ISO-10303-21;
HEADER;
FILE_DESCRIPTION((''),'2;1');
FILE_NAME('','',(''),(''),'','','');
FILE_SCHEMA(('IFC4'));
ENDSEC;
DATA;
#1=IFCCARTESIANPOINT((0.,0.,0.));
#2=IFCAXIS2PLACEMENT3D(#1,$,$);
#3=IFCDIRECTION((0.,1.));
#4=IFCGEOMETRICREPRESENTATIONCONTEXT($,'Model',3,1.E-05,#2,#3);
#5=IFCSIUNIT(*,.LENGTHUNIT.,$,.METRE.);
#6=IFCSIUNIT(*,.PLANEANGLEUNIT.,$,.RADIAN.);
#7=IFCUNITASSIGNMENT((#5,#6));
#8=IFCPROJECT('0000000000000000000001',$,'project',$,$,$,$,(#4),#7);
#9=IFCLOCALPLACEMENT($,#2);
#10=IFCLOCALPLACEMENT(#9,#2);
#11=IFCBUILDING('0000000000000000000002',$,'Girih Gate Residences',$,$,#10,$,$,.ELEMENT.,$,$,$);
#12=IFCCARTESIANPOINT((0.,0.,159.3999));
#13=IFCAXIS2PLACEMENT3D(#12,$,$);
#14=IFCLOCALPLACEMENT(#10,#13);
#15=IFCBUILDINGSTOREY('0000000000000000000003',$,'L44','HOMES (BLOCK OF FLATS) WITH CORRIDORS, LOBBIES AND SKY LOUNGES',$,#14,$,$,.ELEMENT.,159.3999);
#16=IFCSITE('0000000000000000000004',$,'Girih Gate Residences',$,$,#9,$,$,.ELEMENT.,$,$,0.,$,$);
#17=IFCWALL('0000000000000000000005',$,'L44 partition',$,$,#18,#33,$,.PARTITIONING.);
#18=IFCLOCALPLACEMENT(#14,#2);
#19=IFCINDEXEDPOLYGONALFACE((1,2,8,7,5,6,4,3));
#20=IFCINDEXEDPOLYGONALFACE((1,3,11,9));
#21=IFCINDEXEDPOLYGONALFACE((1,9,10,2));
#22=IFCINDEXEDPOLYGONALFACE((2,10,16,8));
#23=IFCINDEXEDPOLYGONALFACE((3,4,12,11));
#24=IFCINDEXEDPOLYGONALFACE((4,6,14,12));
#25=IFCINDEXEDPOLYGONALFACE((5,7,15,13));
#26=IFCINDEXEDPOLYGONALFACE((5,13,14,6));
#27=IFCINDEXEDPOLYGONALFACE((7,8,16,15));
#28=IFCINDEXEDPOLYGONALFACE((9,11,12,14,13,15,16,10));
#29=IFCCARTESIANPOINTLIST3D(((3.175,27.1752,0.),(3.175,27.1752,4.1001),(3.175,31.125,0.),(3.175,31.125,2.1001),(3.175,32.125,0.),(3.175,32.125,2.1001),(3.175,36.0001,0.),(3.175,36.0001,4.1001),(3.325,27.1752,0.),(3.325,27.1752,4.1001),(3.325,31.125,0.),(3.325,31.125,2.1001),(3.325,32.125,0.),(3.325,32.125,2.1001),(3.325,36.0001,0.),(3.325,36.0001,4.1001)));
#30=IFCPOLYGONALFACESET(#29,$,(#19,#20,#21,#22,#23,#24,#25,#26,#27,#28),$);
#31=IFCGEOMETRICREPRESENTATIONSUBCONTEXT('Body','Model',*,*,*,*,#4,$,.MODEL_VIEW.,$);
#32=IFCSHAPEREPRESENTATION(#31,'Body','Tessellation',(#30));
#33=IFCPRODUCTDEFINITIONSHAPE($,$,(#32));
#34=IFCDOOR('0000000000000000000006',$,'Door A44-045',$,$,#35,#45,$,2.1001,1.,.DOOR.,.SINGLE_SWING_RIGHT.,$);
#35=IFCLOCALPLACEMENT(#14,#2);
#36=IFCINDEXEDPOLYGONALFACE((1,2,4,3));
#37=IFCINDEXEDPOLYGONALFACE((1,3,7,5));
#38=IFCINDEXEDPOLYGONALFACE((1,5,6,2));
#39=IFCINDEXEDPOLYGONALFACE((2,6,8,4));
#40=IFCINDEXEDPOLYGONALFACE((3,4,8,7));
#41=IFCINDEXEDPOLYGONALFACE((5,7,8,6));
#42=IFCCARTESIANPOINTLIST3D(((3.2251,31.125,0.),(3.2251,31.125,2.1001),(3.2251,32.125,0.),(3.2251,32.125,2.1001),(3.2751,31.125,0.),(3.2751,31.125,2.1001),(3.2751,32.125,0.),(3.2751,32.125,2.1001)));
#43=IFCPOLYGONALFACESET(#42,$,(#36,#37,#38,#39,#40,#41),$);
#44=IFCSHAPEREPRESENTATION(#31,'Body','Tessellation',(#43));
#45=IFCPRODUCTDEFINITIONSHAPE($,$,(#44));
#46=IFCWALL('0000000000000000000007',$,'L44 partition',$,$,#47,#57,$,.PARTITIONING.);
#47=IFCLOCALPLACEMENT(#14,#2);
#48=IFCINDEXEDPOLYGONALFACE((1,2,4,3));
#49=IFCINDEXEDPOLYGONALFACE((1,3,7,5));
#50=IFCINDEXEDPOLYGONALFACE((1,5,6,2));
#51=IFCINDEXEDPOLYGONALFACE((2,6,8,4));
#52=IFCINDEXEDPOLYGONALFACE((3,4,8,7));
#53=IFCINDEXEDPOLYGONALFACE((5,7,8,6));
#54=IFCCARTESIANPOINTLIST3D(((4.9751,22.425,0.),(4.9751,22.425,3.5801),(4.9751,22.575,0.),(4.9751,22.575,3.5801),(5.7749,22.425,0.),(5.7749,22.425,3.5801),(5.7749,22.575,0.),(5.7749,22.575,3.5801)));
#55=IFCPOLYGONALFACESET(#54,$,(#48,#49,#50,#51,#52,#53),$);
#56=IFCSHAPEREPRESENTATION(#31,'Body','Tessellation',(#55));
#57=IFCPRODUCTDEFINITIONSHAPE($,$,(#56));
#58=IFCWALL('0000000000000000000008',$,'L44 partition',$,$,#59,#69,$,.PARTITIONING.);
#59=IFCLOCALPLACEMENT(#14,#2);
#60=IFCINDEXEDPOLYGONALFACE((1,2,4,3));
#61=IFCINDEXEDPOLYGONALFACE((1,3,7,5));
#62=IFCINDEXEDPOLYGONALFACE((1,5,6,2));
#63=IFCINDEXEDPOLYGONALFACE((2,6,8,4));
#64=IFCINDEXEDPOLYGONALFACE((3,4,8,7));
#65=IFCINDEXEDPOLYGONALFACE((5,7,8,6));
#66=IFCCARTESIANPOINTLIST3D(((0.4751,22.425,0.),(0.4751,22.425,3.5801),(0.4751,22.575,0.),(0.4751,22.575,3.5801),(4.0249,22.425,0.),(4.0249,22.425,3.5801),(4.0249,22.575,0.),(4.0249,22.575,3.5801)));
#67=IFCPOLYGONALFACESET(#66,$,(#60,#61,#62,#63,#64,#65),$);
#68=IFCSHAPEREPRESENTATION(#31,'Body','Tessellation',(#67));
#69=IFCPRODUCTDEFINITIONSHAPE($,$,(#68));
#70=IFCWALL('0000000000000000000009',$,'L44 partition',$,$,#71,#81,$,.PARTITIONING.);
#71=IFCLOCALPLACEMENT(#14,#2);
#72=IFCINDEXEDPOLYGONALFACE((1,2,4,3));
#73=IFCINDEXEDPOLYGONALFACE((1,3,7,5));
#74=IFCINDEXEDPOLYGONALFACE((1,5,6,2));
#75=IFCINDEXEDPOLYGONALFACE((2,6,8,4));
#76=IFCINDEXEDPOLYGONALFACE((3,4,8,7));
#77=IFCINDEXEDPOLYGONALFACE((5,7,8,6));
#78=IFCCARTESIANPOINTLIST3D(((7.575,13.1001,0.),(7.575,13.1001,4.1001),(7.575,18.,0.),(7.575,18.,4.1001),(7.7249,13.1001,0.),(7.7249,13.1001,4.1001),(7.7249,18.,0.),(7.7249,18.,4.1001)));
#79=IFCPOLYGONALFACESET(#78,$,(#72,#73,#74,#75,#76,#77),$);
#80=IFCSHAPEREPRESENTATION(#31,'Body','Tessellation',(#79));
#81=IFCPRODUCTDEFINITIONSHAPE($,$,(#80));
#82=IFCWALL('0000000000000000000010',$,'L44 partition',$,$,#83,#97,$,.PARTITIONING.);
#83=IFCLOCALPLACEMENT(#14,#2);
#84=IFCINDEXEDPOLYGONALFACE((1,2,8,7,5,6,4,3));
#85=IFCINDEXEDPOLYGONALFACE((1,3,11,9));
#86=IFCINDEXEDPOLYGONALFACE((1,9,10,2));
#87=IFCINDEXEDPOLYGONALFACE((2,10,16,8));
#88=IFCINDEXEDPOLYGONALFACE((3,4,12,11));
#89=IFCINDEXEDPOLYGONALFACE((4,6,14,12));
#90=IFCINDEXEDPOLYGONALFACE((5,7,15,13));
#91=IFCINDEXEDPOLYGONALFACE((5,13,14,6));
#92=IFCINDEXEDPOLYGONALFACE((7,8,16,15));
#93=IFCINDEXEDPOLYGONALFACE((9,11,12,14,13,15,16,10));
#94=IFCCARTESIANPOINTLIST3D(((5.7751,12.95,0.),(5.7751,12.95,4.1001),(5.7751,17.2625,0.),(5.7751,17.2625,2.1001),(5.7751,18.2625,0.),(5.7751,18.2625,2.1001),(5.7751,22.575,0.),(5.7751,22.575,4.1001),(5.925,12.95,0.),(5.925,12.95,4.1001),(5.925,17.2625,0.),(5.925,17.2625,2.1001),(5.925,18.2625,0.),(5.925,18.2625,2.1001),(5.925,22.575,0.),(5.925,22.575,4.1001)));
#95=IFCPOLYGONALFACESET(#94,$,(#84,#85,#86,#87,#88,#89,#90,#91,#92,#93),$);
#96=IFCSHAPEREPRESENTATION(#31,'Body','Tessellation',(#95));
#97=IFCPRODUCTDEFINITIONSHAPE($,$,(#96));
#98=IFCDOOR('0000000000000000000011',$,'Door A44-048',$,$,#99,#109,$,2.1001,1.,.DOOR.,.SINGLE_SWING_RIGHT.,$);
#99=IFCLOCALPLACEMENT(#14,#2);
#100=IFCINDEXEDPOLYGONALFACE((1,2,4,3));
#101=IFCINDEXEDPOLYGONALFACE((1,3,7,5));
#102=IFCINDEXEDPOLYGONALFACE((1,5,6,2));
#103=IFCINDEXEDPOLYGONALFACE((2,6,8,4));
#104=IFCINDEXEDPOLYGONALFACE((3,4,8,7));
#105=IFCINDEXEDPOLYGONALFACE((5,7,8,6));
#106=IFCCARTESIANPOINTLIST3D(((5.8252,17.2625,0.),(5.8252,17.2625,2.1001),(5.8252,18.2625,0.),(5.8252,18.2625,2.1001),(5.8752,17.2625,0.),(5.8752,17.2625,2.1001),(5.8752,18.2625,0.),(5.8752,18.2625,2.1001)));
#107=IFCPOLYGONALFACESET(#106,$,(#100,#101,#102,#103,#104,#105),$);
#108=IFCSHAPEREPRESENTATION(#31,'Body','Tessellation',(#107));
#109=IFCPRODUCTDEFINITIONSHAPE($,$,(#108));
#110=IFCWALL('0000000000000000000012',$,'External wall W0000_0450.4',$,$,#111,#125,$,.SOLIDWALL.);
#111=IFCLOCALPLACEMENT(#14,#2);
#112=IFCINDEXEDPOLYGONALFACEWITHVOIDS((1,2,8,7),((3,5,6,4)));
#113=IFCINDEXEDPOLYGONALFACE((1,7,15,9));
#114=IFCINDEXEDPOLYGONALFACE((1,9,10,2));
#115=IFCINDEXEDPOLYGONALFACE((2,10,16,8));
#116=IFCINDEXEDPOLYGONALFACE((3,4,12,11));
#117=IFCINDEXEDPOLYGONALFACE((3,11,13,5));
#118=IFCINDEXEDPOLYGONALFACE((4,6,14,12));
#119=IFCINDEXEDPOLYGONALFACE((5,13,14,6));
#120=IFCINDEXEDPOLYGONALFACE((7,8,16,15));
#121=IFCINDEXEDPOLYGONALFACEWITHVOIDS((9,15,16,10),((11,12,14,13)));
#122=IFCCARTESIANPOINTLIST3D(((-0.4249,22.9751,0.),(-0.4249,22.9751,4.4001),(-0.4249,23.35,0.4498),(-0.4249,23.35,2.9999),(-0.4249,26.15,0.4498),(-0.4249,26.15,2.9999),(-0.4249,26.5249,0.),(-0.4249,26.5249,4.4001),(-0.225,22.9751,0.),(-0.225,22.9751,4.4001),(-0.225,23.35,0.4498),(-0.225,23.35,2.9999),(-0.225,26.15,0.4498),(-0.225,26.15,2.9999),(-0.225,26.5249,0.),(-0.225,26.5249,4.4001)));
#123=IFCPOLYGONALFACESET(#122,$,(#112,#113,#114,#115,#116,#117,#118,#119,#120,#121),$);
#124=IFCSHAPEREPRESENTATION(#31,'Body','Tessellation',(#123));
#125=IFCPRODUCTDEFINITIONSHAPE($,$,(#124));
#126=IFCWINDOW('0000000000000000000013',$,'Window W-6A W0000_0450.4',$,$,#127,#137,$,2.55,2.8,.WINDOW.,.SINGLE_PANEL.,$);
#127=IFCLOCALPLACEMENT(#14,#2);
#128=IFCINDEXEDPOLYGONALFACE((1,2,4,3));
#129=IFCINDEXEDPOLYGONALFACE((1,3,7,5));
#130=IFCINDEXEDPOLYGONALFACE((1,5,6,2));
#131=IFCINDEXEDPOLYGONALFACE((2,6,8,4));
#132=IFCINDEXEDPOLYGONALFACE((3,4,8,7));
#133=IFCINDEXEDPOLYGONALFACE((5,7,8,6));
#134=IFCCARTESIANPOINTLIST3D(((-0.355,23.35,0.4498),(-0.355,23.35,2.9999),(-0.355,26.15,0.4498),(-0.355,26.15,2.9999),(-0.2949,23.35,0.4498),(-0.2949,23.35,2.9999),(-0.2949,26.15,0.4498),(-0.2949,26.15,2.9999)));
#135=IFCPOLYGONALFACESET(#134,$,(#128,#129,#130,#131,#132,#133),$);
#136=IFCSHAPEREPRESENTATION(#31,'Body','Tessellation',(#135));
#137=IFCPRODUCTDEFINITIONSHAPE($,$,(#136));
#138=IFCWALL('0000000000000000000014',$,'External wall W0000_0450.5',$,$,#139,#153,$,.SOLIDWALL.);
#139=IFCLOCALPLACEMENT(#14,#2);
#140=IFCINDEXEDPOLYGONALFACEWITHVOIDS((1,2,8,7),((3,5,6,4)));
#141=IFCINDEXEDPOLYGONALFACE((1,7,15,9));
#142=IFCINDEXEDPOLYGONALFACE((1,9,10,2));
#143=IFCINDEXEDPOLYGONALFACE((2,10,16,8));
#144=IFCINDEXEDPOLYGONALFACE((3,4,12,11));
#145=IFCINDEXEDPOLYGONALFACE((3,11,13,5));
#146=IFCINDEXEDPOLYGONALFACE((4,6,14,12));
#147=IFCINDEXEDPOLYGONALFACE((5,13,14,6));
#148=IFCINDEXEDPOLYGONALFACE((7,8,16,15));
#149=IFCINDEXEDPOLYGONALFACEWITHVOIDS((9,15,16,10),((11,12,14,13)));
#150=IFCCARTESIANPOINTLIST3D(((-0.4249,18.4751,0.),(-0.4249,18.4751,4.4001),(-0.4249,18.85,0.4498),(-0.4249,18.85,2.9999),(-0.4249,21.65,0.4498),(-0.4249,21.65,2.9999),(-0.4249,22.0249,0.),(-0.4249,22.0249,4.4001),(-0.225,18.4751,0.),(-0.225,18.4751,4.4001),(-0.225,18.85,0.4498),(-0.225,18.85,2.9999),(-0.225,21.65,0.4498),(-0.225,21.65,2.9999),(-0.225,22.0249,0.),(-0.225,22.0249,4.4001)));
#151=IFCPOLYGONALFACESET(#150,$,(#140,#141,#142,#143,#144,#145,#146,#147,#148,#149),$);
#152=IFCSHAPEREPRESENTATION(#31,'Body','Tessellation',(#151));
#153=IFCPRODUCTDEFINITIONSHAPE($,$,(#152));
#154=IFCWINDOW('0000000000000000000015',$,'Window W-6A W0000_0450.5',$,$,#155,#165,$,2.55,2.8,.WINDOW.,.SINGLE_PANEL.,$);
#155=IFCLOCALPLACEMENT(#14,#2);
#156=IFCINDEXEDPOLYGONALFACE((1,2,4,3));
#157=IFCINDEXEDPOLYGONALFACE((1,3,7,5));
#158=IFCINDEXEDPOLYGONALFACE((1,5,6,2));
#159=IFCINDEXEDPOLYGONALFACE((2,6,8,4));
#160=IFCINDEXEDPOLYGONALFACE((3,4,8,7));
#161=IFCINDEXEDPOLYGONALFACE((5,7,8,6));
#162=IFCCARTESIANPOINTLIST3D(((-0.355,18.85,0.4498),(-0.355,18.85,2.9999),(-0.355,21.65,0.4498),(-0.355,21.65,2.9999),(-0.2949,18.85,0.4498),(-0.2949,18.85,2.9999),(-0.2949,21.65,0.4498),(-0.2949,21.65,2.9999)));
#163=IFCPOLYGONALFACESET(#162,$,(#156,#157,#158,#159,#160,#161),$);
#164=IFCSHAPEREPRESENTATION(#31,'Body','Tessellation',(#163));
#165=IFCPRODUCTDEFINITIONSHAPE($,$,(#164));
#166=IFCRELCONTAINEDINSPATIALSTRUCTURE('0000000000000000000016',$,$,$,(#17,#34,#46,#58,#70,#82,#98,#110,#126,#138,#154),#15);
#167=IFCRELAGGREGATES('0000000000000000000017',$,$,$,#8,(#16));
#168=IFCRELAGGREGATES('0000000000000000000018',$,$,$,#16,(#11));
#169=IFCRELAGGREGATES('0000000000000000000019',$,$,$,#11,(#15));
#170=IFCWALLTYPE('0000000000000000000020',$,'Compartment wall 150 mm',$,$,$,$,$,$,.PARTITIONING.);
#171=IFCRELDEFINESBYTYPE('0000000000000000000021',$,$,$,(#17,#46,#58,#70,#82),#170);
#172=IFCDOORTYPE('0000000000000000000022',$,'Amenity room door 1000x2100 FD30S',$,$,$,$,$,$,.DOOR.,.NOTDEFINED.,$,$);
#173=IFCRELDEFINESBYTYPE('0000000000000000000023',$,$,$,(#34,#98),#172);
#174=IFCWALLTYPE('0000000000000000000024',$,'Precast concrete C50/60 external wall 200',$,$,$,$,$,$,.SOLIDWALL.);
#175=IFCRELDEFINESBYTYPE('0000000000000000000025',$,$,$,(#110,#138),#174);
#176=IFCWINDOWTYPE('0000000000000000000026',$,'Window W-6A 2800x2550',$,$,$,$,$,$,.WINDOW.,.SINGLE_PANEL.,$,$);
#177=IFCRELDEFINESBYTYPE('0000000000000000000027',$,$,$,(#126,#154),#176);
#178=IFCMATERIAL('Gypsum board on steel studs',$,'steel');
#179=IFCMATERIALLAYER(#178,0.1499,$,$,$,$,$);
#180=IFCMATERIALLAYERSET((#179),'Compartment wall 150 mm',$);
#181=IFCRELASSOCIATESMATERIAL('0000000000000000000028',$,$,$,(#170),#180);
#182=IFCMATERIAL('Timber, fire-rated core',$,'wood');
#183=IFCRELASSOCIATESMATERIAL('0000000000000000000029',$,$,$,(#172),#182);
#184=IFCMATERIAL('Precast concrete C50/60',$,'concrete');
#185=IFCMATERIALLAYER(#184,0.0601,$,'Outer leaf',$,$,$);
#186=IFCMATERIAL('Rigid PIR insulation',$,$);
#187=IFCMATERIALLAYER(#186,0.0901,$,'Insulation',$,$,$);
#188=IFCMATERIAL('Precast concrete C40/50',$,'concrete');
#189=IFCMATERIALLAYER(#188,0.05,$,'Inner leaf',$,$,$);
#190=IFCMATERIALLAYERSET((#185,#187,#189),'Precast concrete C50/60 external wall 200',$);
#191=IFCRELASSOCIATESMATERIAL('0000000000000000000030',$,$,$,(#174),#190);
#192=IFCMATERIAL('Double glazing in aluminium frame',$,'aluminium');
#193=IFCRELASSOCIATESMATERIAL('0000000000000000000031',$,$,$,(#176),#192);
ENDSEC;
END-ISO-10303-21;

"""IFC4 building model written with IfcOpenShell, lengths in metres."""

from ifc_helpers import new_model, si_unit, direction, frame, frame_2d, origin, place, context, subcontext, project, spatial, rectangle, extrude, material, layer, layer_set, type_object, element, fill, save


model = new_model("IFC4")

# Units and contexts
model_context = context("Model", 3, precision=1e-05, world=origin(), true_north=direction((0.0, 1.0)))
body_context = subcontext(model_context, "Body", "Model", "MODEL_VIEW")
ifc_project = project(units=[si_unit("LENGTHUNIT", "METRE"), si_unit("PLANEANGLEUNIT", "RADIAN")], contexts=[model_context])

# Site, building, storey
site_placement = place(None, origin())
site = spatial("IfcSite", under=ifc_project, at=site_placement, Name="Girih Gate Residences", CompositionType="ELEMENT", RefElevation=0.0)
building_placement = place(site_placement, origin())
building = spatial("IfcBuilding", under=site, at=building_placement, Name="Girih Gate Residences", CompositionType="ELEMENT")
storey_placement = place(building_placement, frame((0.0, 0.0, 159.3999)))
storey = spatial("IfcBuildingStorey", under=building, at=storey_placement, Name="L44", Description="HOMES (BLOCK OF FLATS) WITH CORRIDORS, LOBBIES AND SKY LOUNGES", CompositionType="ELEMENT", Elevation=159.3999)

# Shared definitions
ifc_material_1 = material(Name="Gypsum board on steel studs", Category="steel")
ifc_layer_1 = layer(ifc_material_1, 0.1499)
ifc_layer_set_1 = layer_set([ifc_layer_1], Name="Compartment wall 150 mm")
wall_type_1 = type_object("IfcWallType", Name="Compartment wall 150 mm", PredefinedType="PARTITIONING", material=ifc_layer_set_1)

# Wall, opening, door
wall_1_placement = place(storey_placement, frame((3.25, 27.175, 0.0), z_axis=(0.0, 0.0, 1.0), x_axis=(0.0, 1.0, 0.0)))
wall_1 = element("IfcWall", 1, at=wall_1_placement, inside=storey, type_object=wall_type_1, Name="L44 partition", PredefinedType="PARTITIONING", context=body_context, shape_type="SweptSolid", body=[
    extrude(rectangle(XDim=8.825, YDim=0.1499, at=frame_2d((4.4126, 0.0))), origin(), (0.0, 0.0, 1.0), 4.1001),
])
opening_1_placement = place(wall_1_placement, frame((3.95, 0.0, 0.0)))
opening_1 = element("IfcOpeningElement", 2, at=opening_1_placement, cuts=wall_1, PredefinedType="OPENING", context=body_context, shape_type="SweptSolid", body=[
    extrude(rectangle(XDim=1.0, YDim=2.1001, at=frame_2d((0.5, 1.05))), frame((0.0, 0.085, 0.0), z_axis=(0.0, -1.0, 0.0), x_axis=(1.0, 0.0, 0.0)), (0.0, 0.0, 1.0), 0.1699),
])
ifc_material_2 = material(Name="Timber, fire-rated core", Category="wood")
door_type_1 = type_object("IfcDoorType", Name="Amenity room door 1000x2100 FD30S", OperationType="NOTDEFINED", PredefinedType="DOOR", material=ifc_material_2)
door_1_placement = place(opening_1_placement, origin())
door_1 = element("IfcDoor", 3, at=door_1_placement, inside=storey, type_object=door_type_1, Name="Door A44-045", OperationType="SINGLE_SWING_RIGHT", OverallHeight=2.1001, OverallWidth=1.0, PredefinedType="DOOR", context=body_context, shape_type="SweptSolid", body=[
    extrude(rectangle(XDim=1.0, YDim=2.1001, at=frame_2d((0.5, 1.05))), frame((0.0, 0.0249, 0.0), z_axis=(0.0, -1.0, 0.0), x_axis=(1.0, 0.0, 0.0)), (0.0, 0.0, 1.0), 0.05),
])
fill(opening_1, door_1)

# Walls
wall_2_placement = place(storey_placement, frame((4.9751, 22.5, 0.0), z_axis=(0.0, 0.0, 1.0), x_axis=(1.0, 0.0, 0.0)))
element("IfcWall", 4, at=wall_2_placement, inside=storey, type_object=wall_type_1, Name="L44 partition", PredefinedType="PARTITIONING", context=body_context, shape_type="SweptSolid", body=[
    extrude(rectangle(XDim=0.7998, YDim=0.1499, at=frame_2d((0.3999, 0.0))), origin(), (0.0, 0.0, 1.0), 3.5801),
])
wall_3_placement = place(storey_placement, frame((0.4751, 22.5, 0.0), z_axis=(0.0, 0.0, 1.0), x_axis=(1.0, 0.0, 0.0)))
element("IfcWall", 5, at=wall_3_placement, inside=storey, type_object=wall_type_1, Name="L44 partition", PredefinedType="PARTITIONING", context=body_context, shape_type="SweptSolid", body=[
    extrude(rectangle(XDim=3.5498, YDim=0.1499, at=frame_2d((1.7749, 0.0))), origin(), (0.0, 0.0, 1.0), 3.5801),
])
wall_4_placement = place(storey_placement, frame((7.6499, 13.1001, 0.0), z_axis=(0.0, 0.0, 1.0), x_axis=(0.0, 1.0, 0.0)))
element("IfcWall", 6, at=wall_4_placement, inside=storey, type_object=wall_type_1, Name="L44 partition", PredefinedType="PARTITIONING", context=body_context, shape_type="SweptSolid", body=[
    extrude(rectangle(XDim=4.8999, YDim=0.1499, at=frame_2d((2.45, 0.0))), origin(), (0.0, 0.0, 1.0), 4.1001),
])

# Wall, opening, door
wall_5_placement = place(storey_placement, frame((5.8501, 12.95, 0.0), z_axis=(0.0, 0.0, 1.0), x_axis=(0.0, 1.0, 0.0)))
wall_5 = element("IfcWall", 7, at=wall_5_placement, inside=storey, type_object=wall_type_1, Name="L44 partition", PredefinedType="PARTITIONING", context=body_context, shape_type="SweptSolid", body=[
    extrude(rectangle(XDim=9.625, YDim=0.1499, at=frame_2d((4.8125, 0.0))), origin(), (0.0, 0.0, 1.0), 4.1001),
])
opening_2_placement = place(wall_5_placement, frame((4.3125, 0.0, 0.0)))
opening_2 = element("IfcOpeningElement", 8, at=opening_2_placement, cuts=wall_5, PredefinedType="OPENING", context=body_context, shape_type="SweptSolid", body=[
    extrude(rectangle(XDim=1.0, YDim=2.1001, at=frame_2d((0.5, 1.05))), frame((0.0, 0.085, 0.0), z_axis=(0.0, -1.0, 0.0), x_axis=(1.0, 0.0, 0.0)), (0.0, 0.0, 1.0), 0.1699),
])
door_2_placement = place(opening_2_placement, origin())
door_2 = element("IfcDoor", 9, at=door_2_placement, inside=storey, type_object=door_type_1, Name="Door A44-048", OperationType="SINGLE_SWING_RIGHT", OverallHeight=2.1001, OverallWidth=1.0, PredefinedType="DOOR", context=body_context, shape_type="SweptSolid", body=[
    extrude(rectangle(XDim=1.0, YDim=2.1001, at=frame_2d((0.5, 1.05))), frame((0.0, 0.0249, 0.0), z_axis=(0.0, -1.0, 0.0), x_axis=(1.0, 0.0, 0.0)), (0.0, 0.0, 1.0), 0.05),
])
fill(opening_2, door_2)

# Walls, openings, windows
ifc_material_3 = material(Name="Precast concrete C50/60", Category="concrete")
ifc_layer_2 = layer(ifc_material_3, 0.0601, Name="Outer leaf")
ifc_material_4 = material(Name="Rigid PIR insulation")
ifc_layer_3 = layer(ifc_material_4, 0.0901, Name="Insulation")
ifc_material_5 = material(Name="Precast concrete C40/50", Category="concrete")
ifc_layer_4 = layer(ifc_material_5, 0.05, Name="Inner leaf")
ifc_layer_set_2 = layer_set([ifc_layer_2, ifc_layer_3, ifc_layer_4], Name="Precast concrete C50/60 external wall 200")
wall_type_2 = type_object("IfcWallType", Name="Precast concrete C50/60 external wall 200", PredefinedType="SOLIDWALL", material=ifc_layer_set_2)
wall_6_placement = place(storey_placement, frame((-0.325, 22.9751, 0.0), z_axis=(0.0, 0.0, 1.0), x_axis=(0.0, 1.0, 0.0)))
wall_6 = element("IfcWall", 10, at=wall_6_placement, inside=storey, type_object=wall_type_2, Name="External wall W0000_0450.4", PredefinedType="SOLIDWALL", context=body_context, shape_type="SweptSolid", body=[
    extrude(rectangle(XDim=3.5498, YDim=0.2, at=frame_2d((1.7749, 0.0))), origin(), (0.0, 0.0, 1.0), 4.4001),
])
opening_3_placement = place(wall_6_placement, frame((0.375, 0.0, 0.45)))
opening_3 = element("IfcOpeningElement", 11, at=opening_3_placement, cuts=wall_6, PredefinedType="OPENING", context=body_context, shape_type="SweptSolid", body=[
    extrude(rectangle(XDim=2.8, YDim=2.55, at=frame_2d((1.3999, 1.2749))), frame((0.0, 0.1099, 0.0), z_axis=(0.0, -1.0, 0.0), x_axis=(1.0, 0.0, 0.0)), (0.0, 0.0, 1.0), 0.22),
])
ifc_material_6 = material(Name="Double glazing in aluminium frame", Category="aluminium")
window_type = type_object("IfcWindowType", Name="Window W-6A 2800x2550", PartitioningType="SINGLE_PANEL", PredefinedType="WINDOW", material=ifc_material_6)
window_1_placement = place(opening_3_placement, origin())
window_1 = element("IfcWindow", 12, at=window_1_placement, inside=storey, type_object=window_type, Name="Window W-6A W0000_0450.4", OverallHeight=2.55, OverallWidth=2.8, PartitioningType="SINGLE_PANEL", PredefinedType="WINDOW", context=body_context, shape_type="SweptSolid", body=[
    extrude(rectangle(XDim=2.8, YDim=2.55, at=frame_2d((1.3999, 1.2749))), frame((0.0, 0.03, 0.0), z_axis=(0.0, -1.0, 0.0), x_axis=(1.0, 0.0, 0.0)), (0.0, 0.0, 1.0), 0.0601),
])
fill(opening_3, window_1)
wall_7_placement = place(storey_placement, frame((-0.325, 18.4751, 0.0), z_axis=(0.0, 0.0, 1.0), x_axis=(0.0, 1.0, 0.0)))
wall_7 = element("IfcWall", 13, at=wall_7_placement, inside=storey, type_object=wall_type_2, Name="External wall W0000_0450.5", PredefinedType="SOLIDWALL", context=body_context, shape_type="SweptSolid", body=[
    extrude(rectangle(XDim=3.5498, YDim=0.2, at=frame_2d((1.7749, 0.0))), origin(), (0.0, 0.0, 1.0), 4.4001),
])
opening_4_placement = place(wall_7_placement, frame((0.375, 0.0, 0.45)))
opening_4 = element("IfcOpeningElement", 14, at=opening_4_placement, cuts=wall_7, PredefinedType="OPENING", context=body_context, shape_type="SweptSolid", body=[
    extrude(rectangle(XDim=2.8, YDim=2.55, at=frame_2d((1.3999, 1.2749))), frame((0.0, 0.1099, 0.0), z_axis=(0.0, -1.0, 0.0), x_axis=(1.0, 0.0, 0.0)), (0.0, 0.0, 1.0), 0.22),
])
window_2_placement = place(opening_4_placement, origin())
window_2 = element("IfcWindow", 15, at=window_2_placement, inside=storey, type_object=window_type, Name="Window W-6A W0000_0450.5", OverallHeight=2.55, OverallWidth=2.8, PartitioningType="SINGLE_PANEL", PredefinedType="WINDOW", context=body_context, shape_type="SweptSolid", body=[
    extrude(rectangle(XDim=2.8, YDim=2.55, at=frame_2d((1.3999, 1.2749))), frame((0.0, 0.03, 0.0), z_axis=(0.0, -1.0, 0.0), x_axis=(1.0, 0.0, 0.0)), (0.0, 0.0, 1.0), 0.0601),
])
fill(opening_4, window_2)

save(model, "model.ifc")
